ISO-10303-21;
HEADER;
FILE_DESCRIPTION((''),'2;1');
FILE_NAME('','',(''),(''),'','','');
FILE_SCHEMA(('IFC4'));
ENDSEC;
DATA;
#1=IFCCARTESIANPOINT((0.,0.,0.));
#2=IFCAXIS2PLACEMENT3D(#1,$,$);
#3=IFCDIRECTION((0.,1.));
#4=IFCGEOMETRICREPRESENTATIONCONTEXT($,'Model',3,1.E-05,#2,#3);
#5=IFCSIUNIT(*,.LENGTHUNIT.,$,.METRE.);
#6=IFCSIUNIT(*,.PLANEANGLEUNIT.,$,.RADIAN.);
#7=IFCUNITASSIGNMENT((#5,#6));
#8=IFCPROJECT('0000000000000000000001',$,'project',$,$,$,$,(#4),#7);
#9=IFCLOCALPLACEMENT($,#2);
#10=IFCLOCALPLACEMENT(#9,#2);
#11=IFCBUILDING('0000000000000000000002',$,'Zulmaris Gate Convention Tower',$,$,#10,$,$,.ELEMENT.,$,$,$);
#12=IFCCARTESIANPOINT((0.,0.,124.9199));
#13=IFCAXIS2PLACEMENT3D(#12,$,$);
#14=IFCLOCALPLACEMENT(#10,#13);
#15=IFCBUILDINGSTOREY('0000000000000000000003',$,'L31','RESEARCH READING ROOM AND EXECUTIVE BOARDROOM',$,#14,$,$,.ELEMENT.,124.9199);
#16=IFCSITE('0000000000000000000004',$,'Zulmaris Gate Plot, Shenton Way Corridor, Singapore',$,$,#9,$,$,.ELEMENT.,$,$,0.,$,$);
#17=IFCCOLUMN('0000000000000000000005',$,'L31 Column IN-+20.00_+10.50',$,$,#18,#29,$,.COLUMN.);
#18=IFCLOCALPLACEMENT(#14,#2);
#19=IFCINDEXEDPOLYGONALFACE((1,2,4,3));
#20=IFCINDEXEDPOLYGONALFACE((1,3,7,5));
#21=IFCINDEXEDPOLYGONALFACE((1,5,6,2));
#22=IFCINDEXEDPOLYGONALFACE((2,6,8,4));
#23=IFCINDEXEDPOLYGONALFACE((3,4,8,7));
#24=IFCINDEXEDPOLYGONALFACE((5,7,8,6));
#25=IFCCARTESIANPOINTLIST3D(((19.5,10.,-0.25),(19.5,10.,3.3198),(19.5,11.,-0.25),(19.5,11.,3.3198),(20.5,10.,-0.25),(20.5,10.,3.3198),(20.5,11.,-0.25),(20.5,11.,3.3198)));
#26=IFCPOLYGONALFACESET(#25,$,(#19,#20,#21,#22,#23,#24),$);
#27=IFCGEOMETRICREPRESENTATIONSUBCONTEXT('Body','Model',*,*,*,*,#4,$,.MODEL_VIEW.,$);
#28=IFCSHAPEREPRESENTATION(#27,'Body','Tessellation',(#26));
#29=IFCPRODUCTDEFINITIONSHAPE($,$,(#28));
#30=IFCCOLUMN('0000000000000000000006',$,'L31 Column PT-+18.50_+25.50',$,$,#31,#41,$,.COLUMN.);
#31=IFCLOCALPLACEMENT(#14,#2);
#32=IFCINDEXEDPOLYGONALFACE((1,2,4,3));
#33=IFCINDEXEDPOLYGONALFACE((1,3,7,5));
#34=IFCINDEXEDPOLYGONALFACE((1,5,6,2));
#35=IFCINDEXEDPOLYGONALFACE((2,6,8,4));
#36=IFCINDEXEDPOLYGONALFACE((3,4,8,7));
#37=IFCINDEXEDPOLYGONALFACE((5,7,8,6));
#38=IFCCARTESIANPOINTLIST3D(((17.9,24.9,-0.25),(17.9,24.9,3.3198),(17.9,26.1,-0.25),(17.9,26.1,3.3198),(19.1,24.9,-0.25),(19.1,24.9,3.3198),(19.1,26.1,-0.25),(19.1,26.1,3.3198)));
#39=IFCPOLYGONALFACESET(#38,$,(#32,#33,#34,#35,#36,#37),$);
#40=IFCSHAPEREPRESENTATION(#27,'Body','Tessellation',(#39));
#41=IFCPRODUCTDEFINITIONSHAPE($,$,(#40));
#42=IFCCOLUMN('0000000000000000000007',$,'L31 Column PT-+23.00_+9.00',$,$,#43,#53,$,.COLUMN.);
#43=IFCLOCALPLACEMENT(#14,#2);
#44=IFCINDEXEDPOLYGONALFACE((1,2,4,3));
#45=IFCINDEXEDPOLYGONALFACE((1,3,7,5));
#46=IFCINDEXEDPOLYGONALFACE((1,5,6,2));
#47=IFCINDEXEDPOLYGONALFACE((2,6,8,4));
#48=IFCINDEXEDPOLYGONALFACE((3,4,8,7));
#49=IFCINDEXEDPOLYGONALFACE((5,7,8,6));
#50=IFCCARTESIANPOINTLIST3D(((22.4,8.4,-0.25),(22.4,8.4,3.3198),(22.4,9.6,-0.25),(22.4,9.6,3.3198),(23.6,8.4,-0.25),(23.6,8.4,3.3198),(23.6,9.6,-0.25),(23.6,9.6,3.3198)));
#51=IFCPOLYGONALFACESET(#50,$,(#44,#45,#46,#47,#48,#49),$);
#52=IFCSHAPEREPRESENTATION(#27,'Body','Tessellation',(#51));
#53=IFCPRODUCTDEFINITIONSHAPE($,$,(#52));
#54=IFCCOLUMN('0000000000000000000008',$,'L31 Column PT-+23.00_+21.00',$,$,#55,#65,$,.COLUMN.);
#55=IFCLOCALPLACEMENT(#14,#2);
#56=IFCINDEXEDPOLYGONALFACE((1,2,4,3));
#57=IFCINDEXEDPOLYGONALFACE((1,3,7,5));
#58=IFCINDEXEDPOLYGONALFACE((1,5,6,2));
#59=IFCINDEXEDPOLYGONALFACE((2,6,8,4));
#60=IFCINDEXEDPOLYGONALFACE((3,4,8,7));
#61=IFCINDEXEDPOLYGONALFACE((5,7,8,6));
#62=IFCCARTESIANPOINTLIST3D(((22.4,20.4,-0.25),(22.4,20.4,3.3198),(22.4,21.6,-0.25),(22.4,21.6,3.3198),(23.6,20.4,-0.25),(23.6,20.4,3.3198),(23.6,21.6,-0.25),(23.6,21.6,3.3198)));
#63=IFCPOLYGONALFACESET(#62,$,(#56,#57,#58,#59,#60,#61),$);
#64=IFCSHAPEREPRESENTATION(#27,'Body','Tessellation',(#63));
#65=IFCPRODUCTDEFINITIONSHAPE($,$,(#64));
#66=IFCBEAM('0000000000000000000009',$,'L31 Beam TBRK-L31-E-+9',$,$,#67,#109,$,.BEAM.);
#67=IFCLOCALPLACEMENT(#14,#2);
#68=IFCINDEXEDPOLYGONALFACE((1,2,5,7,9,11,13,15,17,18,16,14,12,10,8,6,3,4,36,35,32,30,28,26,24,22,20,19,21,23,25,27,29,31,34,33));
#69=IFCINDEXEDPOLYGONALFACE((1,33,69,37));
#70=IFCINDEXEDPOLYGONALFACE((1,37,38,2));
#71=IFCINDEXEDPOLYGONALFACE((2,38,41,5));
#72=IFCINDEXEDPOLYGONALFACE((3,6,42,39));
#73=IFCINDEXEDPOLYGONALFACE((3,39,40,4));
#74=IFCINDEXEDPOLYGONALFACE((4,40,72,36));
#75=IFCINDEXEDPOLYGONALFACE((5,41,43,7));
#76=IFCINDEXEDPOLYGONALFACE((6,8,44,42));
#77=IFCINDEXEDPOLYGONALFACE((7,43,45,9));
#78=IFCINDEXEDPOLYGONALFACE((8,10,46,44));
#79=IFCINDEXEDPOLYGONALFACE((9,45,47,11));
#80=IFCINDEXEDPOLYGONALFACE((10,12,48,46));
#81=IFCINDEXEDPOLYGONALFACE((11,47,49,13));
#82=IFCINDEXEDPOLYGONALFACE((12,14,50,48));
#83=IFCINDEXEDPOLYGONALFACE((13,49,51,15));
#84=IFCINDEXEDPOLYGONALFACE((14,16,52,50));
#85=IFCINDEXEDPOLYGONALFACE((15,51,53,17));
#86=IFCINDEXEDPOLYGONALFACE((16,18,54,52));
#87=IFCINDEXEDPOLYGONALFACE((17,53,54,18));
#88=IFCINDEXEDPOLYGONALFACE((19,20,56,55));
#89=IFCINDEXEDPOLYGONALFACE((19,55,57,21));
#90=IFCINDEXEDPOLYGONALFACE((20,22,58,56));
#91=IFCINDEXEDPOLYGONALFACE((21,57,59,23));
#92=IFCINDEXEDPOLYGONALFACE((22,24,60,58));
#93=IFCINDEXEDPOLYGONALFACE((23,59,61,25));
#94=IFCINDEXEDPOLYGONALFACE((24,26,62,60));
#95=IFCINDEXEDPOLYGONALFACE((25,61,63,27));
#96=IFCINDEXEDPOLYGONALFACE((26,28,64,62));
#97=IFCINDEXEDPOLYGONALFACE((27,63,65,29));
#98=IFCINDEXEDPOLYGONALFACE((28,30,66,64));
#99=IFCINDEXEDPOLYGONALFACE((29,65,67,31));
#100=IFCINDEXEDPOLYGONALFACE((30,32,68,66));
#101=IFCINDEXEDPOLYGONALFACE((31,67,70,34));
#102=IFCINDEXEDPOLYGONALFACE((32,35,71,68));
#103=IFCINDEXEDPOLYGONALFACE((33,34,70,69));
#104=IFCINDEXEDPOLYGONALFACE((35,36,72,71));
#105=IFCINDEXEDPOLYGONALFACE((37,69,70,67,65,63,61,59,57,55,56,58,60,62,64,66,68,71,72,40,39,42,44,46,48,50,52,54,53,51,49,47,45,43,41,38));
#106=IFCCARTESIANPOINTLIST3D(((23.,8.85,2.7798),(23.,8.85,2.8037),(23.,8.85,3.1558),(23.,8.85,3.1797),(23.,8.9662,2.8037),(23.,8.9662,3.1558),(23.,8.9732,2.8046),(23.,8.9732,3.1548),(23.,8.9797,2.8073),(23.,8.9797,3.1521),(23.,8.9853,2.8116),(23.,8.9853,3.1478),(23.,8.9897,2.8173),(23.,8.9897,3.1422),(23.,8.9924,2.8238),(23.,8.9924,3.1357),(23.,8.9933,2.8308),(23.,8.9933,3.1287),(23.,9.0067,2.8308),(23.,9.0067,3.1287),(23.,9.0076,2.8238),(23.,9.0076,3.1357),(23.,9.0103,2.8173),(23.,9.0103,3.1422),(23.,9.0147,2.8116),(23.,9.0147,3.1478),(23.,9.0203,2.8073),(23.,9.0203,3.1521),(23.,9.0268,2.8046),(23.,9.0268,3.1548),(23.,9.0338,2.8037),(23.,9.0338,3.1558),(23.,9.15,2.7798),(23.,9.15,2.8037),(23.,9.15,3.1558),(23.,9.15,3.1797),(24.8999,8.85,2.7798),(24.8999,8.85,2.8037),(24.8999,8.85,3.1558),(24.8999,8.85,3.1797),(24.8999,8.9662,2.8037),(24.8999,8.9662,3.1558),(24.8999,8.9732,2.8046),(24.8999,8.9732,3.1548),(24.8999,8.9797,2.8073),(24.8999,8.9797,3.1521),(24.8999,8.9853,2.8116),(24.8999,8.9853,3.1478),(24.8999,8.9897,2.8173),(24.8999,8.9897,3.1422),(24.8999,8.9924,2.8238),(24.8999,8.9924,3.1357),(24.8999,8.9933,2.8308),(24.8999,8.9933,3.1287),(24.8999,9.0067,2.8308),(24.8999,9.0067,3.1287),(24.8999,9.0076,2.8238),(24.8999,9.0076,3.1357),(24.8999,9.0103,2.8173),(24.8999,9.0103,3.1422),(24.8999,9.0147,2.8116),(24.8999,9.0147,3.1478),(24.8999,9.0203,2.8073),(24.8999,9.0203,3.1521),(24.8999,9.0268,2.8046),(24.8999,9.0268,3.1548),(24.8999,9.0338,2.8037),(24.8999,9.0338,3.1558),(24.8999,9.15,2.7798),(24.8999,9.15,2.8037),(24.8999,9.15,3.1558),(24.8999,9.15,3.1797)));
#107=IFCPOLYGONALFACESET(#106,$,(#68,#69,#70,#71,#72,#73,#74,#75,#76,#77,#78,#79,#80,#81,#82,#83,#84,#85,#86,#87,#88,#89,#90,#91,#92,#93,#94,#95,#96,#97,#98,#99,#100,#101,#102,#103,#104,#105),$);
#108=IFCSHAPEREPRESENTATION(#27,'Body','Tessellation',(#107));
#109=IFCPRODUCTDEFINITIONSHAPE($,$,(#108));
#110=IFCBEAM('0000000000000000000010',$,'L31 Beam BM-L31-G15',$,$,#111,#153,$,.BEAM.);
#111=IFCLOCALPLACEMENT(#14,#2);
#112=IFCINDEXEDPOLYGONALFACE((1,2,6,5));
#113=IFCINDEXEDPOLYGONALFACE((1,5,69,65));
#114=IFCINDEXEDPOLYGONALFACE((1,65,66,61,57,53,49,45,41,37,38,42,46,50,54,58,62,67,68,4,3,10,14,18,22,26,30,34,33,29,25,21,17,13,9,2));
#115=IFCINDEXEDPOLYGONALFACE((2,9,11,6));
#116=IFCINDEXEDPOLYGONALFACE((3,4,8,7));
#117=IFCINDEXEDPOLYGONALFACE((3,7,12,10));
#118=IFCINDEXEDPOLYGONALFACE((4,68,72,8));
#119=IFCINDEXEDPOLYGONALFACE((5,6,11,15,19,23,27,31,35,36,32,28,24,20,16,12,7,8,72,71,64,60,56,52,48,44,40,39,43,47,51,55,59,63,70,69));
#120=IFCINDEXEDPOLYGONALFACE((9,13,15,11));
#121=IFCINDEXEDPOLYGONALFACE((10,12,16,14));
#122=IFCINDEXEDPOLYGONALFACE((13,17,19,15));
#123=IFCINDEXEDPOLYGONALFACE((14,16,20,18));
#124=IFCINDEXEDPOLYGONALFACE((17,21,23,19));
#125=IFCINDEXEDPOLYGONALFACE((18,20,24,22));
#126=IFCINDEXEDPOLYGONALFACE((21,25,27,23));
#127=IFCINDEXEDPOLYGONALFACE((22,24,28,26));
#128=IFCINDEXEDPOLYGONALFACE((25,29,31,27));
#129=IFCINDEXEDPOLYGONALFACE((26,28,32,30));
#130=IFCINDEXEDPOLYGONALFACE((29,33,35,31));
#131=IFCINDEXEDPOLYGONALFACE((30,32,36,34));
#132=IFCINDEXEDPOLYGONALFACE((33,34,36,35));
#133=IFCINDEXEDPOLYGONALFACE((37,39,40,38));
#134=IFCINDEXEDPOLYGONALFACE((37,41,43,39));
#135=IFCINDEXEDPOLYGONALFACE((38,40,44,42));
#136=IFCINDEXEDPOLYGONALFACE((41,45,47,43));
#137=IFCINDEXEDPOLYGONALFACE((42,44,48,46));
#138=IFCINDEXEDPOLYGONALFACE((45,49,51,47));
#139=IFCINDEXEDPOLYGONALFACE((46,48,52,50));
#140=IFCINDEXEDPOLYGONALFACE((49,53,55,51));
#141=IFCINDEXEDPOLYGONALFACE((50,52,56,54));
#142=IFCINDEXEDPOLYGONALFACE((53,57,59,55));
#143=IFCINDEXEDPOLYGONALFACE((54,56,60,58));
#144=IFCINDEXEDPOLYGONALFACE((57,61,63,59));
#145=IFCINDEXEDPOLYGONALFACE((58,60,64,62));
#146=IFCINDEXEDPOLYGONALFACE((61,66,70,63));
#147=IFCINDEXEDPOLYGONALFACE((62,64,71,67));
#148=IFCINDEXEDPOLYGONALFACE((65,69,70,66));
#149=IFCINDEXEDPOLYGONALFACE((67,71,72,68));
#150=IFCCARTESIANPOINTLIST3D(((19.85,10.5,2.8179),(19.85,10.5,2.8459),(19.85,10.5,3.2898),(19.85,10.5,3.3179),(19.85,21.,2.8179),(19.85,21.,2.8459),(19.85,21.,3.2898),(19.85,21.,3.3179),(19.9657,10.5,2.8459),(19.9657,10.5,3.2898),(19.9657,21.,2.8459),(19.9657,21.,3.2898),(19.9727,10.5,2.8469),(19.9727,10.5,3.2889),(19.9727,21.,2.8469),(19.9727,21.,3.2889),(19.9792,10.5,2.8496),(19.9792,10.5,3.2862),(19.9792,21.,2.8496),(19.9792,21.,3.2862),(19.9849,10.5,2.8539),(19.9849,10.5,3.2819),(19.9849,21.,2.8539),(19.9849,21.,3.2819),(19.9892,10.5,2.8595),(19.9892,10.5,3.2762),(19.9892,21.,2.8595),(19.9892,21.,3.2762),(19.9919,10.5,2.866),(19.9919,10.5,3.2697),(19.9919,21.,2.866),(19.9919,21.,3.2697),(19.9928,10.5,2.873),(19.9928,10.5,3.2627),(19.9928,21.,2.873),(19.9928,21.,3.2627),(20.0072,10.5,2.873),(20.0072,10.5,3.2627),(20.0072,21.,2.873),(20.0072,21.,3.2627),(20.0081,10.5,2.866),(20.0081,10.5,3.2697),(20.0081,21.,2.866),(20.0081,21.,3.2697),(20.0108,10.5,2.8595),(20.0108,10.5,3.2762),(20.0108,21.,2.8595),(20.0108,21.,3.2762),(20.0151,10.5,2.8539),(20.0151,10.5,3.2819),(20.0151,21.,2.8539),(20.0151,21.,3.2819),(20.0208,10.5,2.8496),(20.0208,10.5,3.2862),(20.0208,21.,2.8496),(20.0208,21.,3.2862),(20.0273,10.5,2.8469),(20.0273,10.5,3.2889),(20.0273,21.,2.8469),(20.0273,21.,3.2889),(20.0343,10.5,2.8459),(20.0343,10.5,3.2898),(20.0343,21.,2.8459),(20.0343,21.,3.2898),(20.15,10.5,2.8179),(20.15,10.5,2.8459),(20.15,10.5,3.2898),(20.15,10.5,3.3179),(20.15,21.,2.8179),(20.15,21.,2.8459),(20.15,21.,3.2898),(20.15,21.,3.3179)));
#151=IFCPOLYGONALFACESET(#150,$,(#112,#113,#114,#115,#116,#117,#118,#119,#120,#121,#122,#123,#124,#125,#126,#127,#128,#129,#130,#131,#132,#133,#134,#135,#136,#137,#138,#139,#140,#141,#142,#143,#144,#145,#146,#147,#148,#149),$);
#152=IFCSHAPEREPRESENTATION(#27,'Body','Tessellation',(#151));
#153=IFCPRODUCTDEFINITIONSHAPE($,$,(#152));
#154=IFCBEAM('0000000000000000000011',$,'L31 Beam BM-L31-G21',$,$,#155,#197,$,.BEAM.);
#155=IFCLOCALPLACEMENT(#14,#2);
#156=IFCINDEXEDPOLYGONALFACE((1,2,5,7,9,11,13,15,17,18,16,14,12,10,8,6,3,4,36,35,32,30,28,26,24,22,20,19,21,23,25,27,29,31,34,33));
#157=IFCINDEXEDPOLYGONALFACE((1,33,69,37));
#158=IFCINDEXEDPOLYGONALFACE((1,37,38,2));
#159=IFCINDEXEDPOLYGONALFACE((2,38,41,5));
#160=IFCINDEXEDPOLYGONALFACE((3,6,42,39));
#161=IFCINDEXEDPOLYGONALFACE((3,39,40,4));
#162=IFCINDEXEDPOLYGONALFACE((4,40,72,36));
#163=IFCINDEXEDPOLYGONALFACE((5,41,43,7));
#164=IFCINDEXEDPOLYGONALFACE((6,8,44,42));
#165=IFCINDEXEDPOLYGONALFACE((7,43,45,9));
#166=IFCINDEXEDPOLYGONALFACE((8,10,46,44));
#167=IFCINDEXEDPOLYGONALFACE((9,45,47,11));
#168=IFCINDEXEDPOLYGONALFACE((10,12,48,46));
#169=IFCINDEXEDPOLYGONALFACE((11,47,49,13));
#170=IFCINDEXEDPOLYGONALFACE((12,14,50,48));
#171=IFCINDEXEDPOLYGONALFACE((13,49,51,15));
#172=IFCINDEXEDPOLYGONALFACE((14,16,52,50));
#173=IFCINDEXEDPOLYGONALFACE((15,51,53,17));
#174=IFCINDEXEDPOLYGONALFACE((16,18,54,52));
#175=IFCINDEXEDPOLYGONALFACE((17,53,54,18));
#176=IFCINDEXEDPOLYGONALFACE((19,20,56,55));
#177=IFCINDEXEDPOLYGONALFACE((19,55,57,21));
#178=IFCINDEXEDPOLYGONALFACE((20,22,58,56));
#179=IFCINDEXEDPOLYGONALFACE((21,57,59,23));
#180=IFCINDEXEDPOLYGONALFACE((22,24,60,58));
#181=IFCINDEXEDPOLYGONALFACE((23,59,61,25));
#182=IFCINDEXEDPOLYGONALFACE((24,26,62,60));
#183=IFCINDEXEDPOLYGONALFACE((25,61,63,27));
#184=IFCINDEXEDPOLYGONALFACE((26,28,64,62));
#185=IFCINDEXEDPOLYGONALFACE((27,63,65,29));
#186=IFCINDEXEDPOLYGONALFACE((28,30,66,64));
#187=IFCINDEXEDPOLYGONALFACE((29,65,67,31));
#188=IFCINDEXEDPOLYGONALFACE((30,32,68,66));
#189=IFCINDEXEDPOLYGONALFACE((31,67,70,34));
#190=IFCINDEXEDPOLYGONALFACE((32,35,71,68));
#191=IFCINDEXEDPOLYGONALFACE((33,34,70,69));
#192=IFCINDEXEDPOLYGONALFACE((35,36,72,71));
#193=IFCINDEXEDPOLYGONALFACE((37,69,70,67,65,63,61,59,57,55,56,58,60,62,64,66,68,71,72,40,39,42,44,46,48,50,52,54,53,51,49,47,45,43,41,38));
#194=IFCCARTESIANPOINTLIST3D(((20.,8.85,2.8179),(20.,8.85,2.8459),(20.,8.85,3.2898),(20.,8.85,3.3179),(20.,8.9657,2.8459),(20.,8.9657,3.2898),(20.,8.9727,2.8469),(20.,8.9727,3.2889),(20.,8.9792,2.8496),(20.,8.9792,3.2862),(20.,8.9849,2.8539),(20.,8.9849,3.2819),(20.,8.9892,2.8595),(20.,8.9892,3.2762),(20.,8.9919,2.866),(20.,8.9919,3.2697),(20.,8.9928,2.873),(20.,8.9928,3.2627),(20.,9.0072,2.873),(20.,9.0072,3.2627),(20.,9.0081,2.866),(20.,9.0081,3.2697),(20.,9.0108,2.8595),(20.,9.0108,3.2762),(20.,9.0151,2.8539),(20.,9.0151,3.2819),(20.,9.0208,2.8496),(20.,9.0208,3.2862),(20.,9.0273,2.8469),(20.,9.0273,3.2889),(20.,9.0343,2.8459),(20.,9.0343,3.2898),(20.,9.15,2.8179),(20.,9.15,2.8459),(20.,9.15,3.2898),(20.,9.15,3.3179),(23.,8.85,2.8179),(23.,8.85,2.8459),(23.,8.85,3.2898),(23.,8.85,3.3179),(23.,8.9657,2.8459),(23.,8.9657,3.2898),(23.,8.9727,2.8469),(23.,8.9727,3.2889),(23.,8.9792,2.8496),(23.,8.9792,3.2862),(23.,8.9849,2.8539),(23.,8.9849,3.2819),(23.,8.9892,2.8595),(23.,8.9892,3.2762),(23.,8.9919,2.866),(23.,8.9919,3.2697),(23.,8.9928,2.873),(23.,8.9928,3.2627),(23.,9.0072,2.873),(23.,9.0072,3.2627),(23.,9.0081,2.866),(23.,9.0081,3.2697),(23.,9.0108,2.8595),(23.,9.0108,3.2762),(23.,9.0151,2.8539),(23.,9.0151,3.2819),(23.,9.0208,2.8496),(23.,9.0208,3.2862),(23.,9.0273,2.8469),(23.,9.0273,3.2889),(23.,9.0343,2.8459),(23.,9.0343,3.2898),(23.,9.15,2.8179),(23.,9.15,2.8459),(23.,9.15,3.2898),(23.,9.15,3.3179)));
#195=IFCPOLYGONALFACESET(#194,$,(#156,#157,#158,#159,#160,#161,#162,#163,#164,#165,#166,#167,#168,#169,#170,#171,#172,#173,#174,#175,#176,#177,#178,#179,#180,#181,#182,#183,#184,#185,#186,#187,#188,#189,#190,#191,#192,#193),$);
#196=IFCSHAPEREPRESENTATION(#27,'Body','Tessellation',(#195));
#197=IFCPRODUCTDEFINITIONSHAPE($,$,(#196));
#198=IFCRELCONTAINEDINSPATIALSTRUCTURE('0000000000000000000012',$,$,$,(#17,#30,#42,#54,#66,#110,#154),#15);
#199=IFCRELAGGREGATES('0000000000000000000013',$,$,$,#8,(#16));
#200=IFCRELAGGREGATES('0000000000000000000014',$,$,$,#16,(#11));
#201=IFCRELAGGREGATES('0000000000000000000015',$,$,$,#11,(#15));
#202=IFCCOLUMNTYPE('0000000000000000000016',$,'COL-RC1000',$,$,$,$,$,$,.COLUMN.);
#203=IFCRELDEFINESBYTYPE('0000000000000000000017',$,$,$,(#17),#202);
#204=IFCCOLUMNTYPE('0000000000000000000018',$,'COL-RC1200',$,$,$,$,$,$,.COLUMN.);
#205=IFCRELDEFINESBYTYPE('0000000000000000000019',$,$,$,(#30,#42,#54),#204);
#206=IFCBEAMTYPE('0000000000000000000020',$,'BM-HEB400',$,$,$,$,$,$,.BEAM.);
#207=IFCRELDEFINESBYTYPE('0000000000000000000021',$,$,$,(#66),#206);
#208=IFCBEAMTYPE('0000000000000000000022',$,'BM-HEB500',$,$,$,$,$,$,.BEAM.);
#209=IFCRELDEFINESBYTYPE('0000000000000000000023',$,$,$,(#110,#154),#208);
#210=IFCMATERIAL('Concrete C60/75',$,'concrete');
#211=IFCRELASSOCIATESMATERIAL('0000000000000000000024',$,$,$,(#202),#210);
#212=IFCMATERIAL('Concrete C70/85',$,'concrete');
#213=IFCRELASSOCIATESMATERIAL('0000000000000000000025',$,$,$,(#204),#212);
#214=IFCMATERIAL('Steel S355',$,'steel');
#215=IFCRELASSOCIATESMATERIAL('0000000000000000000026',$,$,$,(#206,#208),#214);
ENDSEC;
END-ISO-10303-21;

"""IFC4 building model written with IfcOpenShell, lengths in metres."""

from ifc_helpers import new_model, si_unit, direction, frame, origin, origin_2d, place, context, subcontext, project, spatial, rectangle, i_section, extrude, material, material_profile, profile_set, type_object, element, save


model = new_model("IFC4")

# Units and contexts
model_context = context("Model", 3, precision=1e-05, world=origin(), true_north=direction((0.0, 1.0)))
body_context = subcontext(model_context, "Body", "Model", "MODEL_VIEW")
ifc_project = project(units=[si_unit("LENGTHUNIT", "METRE"), si_unit("PLANEANGLEUNIT", "RADIAN")], contexts=[model_context])

# Site, building, storey
site_placement = place(None, origin())
site = spatial("IfcSite", under=ifc_project, at=site_placement, Name="Zulmaris Gate Plot, Shenton Way Corridor, Singapore", CompositionType="ELEMENT", RefElevation=0.0)
building_placement = place(site_placement, origin())
building = spatial("IfcBuilding", under=site, at=building_placement, Name="Zulmaris Gate Convention Tower", CompositionType="ELEMENT")
storey_placement = place(building_placement, frame((0.0, 0.0, 124.9199)))
storey = spatial("IfcBuildingStorey", under=building, at=storey_placement, Name="L31", Description="RESEARCH READING ROOM AND EXECUTIVE BOARDROOM", CompositionType="ELEMENT", Elevation=124.9199)

# Columns
ifc_material_1 = material(Name="Concrete C60/75", Category="concrete")
ifc_material_profile_1 = material_profile(ifc_material_1, rectangle(XDim=1.0, YDim=1.0, at=origin_2d()), Name="RC COL 1000x1000")
ifc_profile_set_1 = profile_set([ifc_material_profile_1], Name="Concrete C60/75")
column_type_1 = type_object("IfcColumnType", Name="COL-RC1000", PredefinedType="COLUMN", material=ifc_profile_set_1)
column_placement = place(storey_placement, frame((20.0, 10.5, -0.25), z_axis=(0.0, 0.0, 1.0), x_axis=(1.0, 0.0, 0.0)))
element("IfcColumn", 1, at=column_placement, inside=storey, type_object=column_type_1, Name="L31 Column IN-+20.00_+10.50", PredefinedType="COLUMN", context=body_context, shape_type="SweptSolid", body=[
    extrude(rectangle(XDim=1.0, YDim=1.0, at=origin_2d()), origin(), (0.0, 0.0, 1.0), 3.5698),
])
ifc_material_2 = material(Name="Concrete C70/85", Category="concrete")
ifc_material_profile_2 = material_profile(ifc_material_2, rectangle(XDim=1.2, YDim=1.2, at=origin_2d()), Name="RC COL 1200x1200")
ifc_profile_set_2 = profile_set([ifc_material_profile_2], Name="Concrete C70/85")
column_type_2 = type_object("IfcColumnType", Name="COL-RC1200", PredefinedType="COLUMN", material=ifc_profile_set_2)
for number, where, z_axis, x_axis, name in (
    (2, (18.5, 25.5, -0.25), (0.0, 0.0, 1.0), (1.0, 0.0, 0.0), "L31 Column PT-+18.50_+25.50"),
    (3, (23.0, 9.0, -0.25), (0.0, 0.0, 1.0), (1.0, 0.0, 0.0), "L31 Column PT-+23.00_+9.00"),
    (4, (23.0, 21.0, -0.25), (0.0, 0.0, 1.0), (1.0, 0.0, 0.0), "L31 Column PT-+23.00_+21.00"),
):
    element("IfcColumn", number, at=place(storey_placement, frame(where, z_axis=z_axis, x_axis=x_axis)), inside=storey, type_object=column_type_2, Name=name, PredefinedType="COLUMN", context=body_context, shape_type="SweptSolid", body=[
        extrude(rectangle(XDim=1.2, YDim=1.2, at=origin_2d()), origin(), (0.0, 0.0, 1.0), 3.5698),
    ])

# Beams
ifc_material_3 = material(Name="Steel S355", Category="steel")
ifc_material_profile_3 = material_profile(ifc_material_3, i_section(OverallWidth=0.3, OverallDepth=0.3999, WebThickness=0.0134, FlangeThickness=0.0239, FilletRadius=0.0271, at=origin_2d()), Name="HEB 400")
ifc_profile_set_3 = profile_set([ifc_material_profile_3], Name="Steel S355")
beam_type_1 = type_object("IfcBeamType", Name="BM-HEB400", PredefinedType="BEAM", material=ifc_profile_set_3)
beam_1_placement = place(storey_placement, frame((23.0, 9.0, 2.9797), z_axis=(1.0, 0.0, 0.0), x_axis=(0.0, 1.0, 0.0)))
element("IfcBeam", 5, at=beam_1_placement, inside=storey, type_object=beam_type_1, Name="L31 Beam TBRK-L31-E-+9", PredefinedType="BEAM", context=body_context, shape_type="SweptSolid", body=[
    extrude(i_section(OverallWidth=0.3, OverallDepth=0.3999, WebThickness=0.0134, FlangeThickness=0.0239, FilletRadius=0.0271, at=origin_2d()), origin(), (0.0, 0.0, 1.0), 1.8999),
])
ifc_material_profile_4 = material_profile(ifc_material_3, i_section(OverallWidth=0.3, OverallDepth=0.5, WebThickness=0.0144, FlangeThickness=0.0281, FilletRadius=0.0271, at=origin_2d()), Name="HEB 500")
ifc_profile_set_4 = profile_set([ifc_material_profile_4], Name="Steel S355")
beam_type_2 = type_object("IfcBeamType", Name="BM-HEB500", PredefinedType="BEAM", material=ifc_profile_set_4)
beam_2_placement = place(storey_placement, frame((20.0, 10.5, 3.0679), z_axis=(0.0, 1.0, 0.0), x_axis=(-1.0, 0.0, 0.0)))
element("IfcBeam", 6, at=beam_2_placement, inside=storey, type_object=beam_type_2, Name="L31 Beam BM-L31-G15", PredefinedType="BEAM", context=body_context, shape_type="SweptSolid", body=[
    extrude(i_section(OverallWidth=0.3, OverallDepth=0.5, WebThickness=0.0144, FlangeThickness=0.0281, FilletRadius=0.0271, at=origin_2d()), origin(), (0.0, 0.0, 1.0), 10.5),
])
beam_3_placement = place(storey_placement, frame((20.0, 9.0, 3.0679), z_axis=(1.0, 0.0, 0.0), x_axis=(0.0, 1.0, 0.0)))
element("IfcBeam", 7, at=beam_3_placement, inside=storey, type_object=beam_type_2, Name="L31 Beam BM-L31-G21", PredefinedType="BEAM", context=body_context, shape_type="SweptSolid", body=[
    extrude(i_section(OverallWidth=0.3, OverallDepth=0.5, WebThickness=0.0144, FlangeThickness=0.0281, FilletRadius=0.0271, at=origin_2d()), origin(), (0.0, 0.0, 1.0), 3.0),
])

save(model, "model.ifc")
